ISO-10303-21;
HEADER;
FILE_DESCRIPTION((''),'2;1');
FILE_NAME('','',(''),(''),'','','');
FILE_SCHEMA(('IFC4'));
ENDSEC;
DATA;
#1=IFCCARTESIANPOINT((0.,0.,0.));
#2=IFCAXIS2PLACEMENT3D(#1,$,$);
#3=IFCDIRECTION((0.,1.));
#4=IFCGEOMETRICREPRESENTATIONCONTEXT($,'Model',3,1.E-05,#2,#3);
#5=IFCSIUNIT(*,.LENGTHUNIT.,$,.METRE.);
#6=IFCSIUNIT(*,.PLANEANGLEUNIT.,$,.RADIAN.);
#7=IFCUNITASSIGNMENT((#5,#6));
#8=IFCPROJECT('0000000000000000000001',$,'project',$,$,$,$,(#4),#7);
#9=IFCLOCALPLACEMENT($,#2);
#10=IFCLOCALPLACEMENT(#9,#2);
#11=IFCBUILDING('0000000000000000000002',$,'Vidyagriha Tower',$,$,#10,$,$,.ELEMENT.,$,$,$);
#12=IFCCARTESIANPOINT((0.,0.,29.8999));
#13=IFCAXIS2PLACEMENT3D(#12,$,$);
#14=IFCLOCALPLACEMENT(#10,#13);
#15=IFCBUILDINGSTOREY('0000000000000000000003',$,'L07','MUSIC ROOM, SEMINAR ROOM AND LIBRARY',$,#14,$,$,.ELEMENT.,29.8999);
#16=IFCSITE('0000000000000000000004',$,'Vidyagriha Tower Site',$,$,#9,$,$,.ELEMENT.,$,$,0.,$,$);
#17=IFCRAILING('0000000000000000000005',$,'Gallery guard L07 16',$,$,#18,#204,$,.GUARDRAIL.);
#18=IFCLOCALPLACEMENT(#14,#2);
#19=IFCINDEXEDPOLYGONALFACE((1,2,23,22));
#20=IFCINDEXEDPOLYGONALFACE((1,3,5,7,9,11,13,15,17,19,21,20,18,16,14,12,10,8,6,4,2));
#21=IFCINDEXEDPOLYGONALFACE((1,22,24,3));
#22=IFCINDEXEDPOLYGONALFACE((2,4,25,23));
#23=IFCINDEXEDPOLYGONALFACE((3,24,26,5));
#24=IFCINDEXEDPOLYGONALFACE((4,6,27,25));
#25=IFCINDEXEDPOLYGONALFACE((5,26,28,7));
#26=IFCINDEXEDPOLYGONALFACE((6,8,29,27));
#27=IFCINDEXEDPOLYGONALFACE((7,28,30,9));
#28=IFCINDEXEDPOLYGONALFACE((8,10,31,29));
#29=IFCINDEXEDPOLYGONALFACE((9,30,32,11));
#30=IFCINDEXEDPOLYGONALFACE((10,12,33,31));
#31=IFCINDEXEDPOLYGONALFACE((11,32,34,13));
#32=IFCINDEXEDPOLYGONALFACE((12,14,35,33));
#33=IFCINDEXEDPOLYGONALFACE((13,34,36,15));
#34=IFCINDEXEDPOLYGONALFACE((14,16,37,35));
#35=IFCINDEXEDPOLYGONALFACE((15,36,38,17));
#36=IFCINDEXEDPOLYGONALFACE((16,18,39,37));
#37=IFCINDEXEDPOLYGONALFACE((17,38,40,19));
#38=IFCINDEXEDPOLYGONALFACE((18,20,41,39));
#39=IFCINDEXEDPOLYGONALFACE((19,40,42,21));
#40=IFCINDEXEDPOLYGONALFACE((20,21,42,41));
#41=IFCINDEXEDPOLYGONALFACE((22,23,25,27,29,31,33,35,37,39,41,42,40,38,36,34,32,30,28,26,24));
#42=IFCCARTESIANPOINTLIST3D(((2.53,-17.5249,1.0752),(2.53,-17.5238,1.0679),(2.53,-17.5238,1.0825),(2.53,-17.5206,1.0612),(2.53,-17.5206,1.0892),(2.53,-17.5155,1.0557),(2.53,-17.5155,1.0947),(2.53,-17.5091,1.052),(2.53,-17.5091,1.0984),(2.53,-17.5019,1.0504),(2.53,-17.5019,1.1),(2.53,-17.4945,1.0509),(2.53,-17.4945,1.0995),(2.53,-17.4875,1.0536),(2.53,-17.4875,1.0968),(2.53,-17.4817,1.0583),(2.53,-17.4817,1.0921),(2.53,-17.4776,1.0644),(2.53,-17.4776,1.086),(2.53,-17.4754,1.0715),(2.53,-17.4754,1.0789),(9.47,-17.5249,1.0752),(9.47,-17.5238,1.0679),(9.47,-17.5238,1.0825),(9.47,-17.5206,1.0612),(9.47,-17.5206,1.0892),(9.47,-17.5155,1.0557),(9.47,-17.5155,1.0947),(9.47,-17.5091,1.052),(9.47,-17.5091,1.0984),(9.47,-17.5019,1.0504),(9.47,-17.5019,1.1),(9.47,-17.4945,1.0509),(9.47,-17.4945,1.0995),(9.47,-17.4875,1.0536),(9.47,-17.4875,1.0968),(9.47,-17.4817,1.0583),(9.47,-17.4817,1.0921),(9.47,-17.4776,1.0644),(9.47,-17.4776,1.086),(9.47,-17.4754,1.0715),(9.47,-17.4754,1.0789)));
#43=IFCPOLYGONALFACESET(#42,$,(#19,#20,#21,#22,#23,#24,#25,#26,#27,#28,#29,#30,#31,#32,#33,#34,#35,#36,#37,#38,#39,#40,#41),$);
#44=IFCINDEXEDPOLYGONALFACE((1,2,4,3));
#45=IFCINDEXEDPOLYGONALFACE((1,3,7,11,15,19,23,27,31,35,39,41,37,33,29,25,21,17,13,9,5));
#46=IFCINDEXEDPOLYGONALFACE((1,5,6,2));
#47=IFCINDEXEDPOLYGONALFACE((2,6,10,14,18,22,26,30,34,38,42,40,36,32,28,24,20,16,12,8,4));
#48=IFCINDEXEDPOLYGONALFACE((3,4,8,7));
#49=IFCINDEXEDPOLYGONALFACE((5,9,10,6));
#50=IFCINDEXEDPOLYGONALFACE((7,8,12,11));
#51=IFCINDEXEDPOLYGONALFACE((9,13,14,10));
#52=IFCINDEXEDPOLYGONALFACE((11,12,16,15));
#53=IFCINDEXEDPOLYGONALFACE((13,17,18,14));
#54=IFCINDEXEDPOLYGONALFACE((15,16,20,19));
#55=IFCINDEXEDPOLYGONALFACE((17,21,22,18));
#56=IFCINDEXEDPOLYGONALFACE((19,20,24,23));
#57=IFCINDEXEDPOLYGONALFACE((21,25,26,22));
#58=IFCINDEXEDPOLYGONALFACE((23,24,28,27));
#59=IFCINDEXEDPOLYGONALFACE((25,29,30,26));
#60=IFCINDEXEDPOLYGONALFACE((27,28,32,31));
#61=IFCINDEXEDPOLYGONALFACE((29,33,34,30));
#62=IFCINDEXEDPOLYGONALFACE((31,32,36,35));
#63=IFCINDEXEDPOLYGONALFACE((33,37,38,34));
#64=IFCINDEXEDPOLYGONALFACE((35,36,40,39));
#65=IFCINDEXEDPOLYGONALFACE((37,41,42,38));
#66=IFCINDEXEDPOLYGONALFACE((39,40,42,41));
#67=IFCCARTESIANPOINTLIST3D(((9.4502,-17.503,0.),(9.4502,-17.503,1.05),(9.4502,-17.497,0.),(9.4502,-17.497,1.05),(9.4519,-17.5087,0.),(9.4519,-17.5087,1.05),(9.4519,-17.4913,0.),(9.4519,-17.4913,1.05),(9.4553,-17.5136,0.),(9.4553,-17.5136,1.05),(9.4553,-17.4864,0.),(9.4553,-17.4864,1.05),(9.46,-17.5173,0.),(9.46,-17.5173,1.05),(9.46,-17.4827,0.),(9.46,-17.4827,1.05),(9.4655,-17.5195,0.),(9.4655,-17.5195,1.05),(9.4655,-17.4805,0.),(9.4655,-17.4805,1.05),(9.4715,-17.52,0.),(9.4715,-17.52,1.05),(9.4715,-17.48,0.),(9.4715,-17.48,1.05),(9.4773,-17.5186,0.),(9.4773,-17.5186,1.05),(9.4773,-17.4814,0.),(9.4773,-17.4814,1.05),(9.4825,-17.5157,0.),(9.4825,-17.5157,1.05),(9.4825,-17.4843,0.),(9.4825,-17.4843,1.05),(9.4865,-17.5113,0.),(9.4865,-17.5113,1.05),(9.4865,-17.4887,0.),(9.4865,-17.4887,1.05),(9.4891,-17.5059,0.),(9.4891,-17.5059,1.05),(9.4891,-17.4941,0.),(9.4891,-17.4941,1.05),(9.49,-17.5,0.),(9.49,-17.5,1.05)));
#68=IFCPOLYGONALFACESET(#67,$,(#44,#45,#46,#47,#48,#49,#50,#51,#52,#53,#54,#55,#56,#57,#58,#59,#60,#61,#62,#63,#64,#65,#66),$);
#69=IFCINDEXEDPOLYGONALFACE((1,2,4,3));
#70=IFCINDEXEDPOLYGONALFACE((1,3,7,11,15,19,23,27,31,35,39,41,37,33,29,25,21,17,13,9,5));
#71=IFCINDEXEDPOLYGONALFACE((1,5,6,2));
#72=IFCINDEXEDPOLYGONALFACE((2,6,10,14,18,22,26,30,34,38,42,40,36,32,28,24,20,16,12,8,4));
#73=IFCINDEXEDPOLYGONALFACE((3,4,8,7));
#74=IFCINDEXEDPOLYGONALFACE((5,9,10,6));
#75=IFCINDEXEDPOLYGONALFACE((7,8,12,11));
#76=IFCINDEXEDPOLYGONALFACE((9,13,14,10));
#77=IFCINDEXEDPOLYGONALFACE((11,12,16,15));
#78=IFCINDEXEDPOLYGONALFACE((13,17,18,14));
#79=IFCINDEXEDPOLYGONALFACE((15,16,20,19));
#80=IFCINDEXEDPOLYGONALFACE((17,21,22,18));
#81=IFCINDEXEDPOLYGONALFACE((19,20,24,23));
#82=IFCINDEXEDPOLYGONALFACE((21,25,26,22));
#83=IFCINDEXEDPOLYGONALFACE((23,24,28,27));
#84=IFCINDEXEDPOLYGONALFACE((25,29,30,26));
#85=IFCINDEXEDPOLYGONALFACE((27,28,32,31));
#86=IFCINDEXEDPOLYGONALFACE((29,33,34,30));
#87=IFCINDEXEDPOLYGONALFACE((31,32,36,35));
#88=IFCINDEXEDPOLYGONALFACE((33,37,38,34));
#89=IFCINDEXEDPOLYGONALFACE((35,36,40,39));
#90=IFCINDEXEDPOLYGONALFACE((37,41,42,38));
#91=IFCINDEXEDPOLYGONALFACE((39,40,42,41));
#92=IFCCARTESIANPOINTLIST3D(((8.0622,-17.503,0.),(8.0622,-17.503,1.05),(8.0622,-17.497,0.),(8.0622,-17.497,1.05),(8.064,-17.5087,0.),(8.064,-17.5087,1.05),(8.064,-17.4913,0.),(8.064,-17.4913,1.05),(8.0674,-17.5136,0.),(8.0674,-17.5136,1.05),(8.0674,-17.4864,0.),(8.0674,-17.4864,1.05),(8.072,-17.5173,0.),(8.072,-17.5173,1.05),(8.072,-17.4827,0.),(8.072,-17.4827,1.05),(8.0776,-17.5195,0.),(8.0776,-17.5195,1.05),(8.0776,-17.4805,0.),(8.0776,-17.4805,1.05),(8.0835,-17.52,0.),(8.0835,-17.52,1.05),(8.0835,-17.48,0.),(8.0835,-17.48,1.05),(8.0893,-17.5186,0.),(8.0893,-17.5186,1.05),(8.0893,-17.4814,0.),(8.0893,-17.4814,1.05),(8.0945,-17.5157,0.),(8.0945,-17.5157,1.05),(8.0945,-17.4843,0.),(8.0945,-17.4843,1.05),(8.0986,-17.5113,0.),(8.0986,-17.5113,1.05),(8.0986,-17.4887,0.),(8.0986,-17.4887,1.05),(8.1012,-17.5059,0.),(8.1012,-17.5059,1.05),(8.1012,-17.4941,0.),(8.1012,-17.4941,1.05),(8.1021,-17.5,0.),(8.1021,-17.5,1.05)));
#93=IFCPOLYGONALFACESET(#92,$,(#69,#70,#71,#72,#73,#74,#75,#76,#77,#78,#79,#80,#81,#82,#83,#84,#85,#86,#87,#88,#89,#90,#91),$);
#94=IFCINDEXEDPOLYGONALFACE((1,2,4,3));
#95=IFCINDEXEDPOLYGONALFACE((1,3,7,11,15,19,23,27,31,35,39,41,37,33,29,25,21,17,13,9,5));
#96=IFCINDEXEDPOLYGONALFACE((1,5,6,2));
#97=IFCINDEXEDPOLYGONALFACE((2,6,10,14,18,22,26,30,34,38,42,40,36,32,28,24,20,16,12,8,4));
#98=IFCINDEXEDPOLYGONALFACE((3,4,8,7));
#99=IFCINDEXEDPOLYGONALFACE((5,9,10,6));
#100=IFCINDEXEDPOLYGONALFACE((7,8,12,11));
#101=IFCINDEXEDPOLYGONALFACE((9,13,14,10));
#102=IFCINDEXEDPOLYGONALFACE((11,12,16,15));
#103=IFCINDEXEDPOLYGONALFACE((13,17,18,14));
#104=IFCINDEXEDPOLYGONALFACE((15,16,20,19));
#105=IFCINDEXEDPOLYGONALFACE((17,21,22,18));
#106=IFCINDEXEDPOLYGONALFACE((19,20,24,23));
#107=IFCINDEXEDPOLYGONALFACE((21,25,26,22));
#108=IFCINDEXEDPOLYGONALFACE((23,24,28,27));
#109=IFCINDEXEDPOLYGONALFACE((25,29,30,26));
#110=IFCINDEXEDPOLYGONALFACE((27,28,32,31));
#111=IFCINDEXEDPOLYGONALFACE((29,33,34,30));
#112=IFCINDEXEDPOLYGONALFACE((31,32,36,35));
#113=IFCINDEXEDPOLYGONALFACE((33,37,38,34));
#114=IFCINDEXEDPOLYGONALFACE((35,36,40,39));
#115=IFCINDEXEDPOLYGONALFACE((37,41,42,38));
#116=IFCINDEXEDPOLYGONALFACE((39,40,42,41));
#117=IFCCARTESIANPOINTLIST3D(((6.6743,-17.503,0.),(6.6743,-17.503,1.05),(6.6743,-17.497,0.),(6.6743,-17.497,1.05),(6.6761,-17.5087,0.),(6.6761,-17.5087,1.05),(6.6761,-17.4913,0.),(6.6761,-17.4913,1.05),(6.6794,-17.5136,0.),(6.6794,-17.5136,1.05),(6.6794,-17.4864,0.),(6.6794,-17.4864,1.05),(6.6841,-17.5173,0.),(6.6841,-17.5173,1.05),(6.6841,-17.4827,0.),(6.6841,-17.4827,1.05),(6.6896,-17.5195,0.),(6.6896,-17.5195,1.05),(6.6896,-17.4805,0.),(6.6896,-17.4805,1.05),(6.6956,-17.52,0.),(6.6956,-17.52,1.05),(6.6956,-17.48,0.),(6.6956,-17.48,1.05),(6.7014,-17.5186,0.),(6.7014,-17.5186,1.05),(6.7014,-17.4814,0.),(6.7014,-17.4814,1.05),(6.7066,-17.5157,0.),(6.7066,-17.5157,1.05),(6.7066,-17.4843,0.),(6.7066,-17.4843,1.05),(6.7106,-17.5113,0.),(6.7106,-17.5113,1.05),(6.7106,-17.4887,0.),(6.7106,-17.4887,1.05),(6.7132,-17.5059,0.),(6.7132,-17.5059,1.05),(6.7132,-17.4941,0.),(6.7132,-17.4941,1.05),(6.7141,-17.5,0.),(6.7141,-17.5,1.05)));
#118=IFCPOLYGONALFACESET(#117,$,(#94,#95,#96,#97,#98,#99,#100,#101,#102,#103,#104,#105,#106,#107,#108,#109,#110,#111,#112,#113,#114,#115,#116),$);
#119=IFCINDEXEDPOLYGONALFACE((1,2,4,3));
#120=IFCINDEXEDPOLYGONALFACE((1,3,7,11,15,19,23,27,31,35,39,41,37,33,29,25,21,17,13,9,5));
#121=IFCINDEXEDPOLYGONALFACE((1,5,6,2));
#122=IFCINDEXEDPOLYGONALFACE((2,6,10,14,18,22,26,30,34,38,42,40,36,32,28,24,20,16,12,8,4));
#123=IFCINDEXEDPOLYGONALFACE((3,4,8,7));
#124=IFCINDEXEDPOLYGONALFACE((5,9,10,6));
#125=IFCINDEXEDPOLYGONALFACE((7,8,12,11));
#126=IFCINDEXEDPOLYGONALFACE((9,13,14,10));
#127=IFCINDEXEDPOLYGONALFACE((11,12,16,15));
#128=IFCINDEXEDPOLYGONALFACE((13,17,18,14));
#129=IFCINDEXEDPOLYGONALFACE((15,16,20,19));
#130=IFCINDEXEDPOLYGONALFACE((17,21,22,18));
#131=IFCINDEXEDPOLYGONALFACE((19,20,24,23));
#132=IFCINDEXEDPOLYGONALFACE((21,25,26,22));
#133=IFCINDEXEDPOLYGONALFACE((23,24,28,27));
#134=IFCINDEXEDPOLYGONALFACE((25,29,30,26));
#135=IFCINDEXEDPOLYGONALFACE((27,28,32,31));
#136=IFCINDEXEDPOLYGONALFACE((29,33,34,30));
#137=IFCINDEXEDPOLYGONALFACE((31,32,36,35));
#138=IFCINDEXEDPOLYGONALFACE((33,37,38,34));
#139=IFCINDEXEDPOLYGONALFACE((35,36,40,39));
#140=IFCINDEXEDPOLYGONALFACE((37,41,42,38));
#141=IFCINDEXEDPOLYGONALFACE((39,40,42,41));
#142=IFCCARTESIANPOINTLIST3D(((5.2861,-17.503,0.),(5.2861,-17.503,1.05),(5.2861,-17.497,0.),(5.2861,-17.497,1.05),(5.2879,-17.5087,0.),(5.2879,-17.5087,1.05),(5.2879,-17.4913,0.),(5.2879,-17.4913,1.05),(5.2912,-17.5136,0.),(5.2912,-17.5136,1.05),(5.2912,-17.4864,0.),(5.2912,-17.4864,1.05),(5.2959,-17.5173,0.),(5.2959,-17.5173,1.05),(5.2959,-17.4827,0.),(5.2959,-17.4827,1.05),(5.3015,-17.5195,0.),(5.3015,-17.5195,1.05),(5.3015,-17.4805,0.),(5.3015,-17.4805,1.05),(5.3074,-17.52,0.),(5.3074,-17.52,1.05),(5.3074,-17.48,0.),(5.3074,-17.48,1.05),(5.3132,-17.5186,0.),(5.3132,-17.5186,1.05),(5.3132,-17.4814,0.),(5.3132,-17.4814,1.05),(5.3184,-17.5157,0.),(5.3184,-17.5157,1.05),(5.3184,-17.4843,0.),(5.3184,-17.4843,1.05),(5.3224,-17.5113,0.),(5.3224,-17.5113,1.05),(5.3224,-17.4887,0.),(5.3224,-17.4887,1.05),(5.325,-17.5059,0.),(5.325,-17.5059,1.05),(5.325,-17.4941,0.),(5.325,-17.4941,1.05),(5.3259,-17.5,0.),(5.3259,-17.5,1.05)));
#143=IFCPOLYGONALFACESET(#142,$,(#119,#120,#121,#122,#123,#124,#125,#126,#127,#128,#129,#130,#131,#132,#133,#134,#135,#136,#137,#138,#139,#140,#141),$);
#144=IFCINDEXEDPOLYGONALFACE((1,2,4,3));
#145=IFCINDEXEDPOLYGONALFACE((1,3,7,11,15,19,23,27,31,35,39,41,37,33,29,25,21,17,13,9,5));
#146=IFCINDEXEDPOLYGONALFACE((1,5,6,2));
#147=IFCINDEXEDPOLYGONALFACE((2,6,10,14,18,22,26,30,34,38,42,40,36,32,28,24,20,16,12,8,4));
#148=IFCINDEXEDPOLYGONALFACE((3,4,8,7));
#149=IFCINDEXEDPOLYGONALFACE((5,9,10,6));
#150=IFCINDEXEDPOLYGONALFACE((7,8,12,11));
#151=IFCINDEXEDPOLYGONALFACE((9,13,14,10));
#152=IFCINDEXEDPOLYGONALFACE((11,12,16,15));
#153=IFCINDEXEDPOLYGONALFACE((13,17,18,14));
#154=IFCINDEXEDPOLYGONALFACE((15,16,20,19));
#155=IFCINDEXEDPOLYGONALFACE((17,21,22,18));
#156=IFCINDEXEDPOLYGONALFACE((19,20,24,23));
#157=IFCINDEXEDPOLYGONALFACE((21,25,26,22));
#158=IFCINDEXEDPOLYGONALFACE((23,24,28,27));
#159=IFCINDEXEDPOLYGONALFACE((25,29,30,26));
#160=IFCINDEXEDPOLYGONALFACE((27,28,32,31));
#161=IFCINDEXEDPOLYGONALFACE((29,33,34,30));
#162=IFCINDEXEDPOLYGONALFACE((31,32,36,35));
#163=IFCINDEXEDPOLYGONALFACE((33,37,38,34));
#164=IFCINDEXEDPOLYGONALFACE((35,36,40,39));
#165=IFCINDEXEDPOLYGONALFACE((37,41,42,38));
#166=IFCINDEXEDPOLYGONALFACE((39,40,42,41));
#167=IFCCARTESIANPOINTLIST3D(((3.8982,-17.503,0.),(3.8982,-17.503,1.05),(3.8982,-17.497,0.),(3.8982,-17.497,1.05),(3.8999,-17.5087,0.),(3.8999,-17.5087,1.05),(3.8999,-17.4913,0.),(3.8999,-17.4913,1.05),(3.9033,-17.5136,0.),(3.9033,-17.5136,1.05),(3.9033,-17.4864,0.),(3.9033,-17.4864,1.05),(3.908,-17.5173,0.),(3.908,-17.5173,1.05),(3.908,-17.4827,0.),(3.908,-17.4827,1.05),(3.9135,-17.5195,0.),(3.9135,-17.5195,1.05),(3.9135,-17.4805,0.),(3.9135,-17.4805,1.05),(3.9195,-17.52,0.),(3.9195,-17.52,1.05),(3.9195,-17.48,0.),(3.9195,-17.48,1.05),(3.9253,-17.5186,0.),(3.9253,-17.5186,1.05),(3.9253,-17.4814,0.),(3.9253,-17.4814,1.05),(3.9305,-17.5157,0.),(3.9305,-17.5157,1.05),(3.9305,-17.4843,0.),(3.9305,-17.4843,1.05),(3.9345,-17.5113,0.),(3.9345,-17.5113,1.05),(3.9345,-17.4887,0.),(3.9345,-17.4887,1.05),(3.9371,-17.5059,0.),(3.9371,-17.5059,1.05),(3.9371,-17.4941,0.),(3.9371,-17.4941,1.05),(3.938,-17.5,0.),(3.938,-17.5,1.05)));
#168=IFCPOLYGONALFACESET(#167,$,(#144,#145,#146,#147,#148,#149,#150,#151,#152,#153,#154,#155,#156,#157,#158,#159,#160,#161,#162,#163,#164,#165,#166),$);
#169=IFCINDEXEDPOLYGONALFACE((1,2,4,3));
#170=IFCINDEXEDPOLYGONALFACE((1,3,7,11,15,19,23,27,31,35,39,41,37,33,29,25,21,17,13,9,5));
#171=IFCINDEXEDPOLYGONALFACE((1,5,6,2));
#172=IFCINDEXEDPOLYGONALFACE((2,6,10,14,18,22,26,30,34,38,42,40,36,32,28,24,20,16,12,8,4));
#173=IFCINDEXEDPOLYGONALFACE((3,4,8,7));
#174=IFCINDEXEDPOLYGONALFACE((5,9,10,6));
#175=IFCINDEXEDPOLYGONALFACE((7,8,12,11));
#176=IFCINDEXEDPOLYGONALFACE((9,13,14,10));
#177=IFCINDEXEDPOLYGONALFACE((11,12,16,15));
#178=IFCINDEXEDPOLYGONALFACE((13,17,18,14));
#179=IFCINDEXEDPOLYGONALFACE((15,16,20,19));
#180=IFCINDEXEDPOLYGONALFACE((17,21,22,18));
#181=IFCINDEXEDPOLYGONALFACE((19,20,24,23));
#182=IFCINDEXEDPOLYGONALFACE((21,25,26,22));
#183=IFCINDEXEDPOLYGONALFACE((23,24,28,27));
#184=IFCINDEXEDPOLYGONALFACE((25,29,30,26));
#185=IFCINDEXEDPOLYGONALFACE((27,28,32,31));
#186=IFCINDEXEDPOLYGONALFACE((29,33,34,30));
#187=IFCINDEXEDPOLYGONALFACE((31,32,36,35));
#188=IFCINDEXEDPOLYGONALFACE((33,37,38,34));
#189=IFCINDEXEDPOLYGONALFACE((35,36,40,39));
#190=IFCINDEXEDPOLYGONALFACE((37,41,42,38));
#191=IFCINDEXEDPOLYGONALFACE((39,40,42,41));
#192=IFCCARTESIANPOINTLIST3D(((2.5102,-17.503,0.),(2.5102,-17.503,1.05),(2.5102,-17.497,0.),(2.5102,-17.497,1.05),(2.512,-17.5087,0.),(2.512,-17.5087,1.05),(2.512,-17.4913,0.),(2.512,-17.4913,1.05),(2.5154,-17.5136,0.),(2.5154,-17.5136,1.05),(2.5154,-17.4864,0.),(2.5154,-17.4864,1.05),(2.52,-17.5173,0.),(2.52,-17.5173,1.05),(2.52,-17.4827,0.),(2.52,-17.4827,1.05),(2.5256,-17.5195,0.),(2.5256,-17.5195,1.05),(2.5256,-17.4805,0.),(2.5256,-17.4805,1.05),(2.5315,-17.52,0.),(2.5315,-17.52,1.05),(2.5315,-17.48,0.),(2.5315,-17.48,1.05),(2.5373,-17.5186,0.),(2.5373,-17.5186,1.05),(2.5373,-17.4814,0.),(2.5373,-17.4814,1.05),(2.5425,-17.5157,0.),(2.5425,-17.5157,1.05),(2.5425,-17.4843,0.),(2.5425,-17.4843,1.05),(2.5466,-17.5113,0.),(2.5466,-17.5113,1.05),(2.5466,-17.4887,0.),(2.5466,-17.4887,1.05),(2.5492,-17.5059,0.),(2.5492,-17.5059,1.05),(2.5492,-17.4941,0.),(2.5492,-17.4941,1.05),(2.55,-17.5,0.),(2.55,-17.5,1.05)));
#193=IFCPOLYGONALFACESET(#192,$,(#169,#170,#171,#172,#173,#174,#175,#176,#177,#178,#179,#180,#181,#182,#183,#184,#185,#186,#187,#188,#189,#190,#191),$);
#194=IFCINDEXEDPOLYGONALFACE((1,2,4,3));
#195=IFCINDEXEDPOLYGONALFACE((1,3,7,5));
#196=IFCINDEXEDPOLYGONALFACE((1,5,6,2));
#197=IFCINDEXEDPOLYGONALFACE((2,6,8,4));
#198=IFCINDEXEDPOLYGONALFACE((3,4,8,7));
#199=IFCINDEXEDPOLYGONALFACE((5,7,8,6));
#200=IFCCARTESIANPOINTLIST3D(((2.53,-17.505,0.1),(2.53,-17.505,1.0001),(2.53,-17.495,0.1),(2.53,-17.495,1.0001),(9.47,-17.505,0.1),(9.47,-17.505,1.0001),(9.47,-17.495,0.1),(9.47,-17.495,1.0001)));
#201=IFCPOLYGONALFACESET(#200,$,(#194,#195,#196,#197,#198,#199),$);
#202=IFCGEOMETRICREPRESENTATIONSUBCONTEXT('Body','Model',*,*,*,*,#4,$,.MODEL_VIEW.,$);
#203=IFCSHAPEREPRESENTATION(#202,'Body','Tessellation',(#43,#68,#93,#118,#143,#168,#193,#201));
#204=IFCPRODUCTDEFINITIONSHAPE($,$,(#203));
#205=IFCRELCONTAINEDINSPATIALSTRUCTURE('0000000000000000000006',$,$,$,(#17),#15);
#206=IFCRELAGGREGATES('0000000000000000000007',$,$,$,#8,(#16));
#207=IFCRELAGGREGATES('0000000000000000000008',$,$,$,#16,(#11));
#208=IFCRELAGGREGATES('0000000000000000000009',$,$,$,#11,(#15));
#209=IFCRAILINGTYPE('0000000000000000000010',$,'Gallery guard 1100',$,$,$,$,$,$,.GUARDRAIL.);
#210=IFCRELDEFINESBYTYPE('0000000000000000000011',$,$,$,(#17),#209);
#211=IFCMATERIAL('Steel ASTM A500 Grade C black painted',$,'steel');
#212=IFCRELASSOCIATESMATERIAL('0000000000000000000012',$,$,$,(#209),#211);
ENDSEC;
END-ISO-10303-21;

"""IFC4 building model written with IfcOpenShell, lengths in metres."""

from ifc_helpers import new_model, si_unit, direction, frame, origin, origin_2d, place, context, subcontext, project, spatial, rectangle, circle, extrude, material, type_object, element, save


model = new_model("IFC4")

# Units and contexts
model_context = context("Model", 3, precision=1e-05, world=origin(), true_north=direction((0.0, 1.0)))
body_context = subcontext(model_context, "Body", "Model", "MODEL_VIEW")
ifc_project = project(units=[si_unit("LENGTHUNIT", "METRE"), si_unit("PLANEANGLEUNIT", "RADIAN")], contexts=[model_context])

# Site, building, storey
site_placement = place(None, origin())
site = spatial("IfcSite", under=ifc_project, at=site_placement, Name="Vidyagriha Tower Site", CompositionType="ELEMENT", RefElevation=0.0)
building_placement = place(site_placement, origin())
building = spatial("IfcBuilding", under=site, at=building_placement, Name="Vidyagriha Tower", CompositionType="ELEMENT")
storey_placement = place(building_placement, frame((0.0, 0.0, 29.8999)))
storey = spatial("IfcBuildingStorey", under=building, at=storey_placement, Name="L07", Description="MUSIC ROOM, SEMINAR ROOM AND LIBRARY", CompositionType="ELEMENT", Elevation=29.8999)

# Railing
ifc_material_1 = material(Name="Steel ASTM A500 Grade C black painted", Category="steel")
railing_type = type_object("IfcRailingType", Name="Gallery guard 1100", PredefinedType="GUARDRAIL", material=ifc_material_1)
for number, where, name in (
    (1, (9.47, -17.5, 0.0), "Gallery guard L07 16"),
):
    element("IfcRailing", number, at=place(storey_placement, frame(where)), inside=storey, type_object=railing_type, Name=name, PredefinedType="GUARDRAIL", context=body_context, shape_type="SweptSolid", body=[
        extrude(circle(Radius=0.0249, at=origin_2d()), frame((0.0, 0.0, 1.0752), z_axis=(-1.0, 0.0, 0.0), x_axis=(0.0, -1.0, 0.0)), (0.0, 0.0, 1.0), 6.9399),
        extrude(circle(Radius=0.02, at=origin_2d()), origin(), (0.0, 0.0, 1.0), 1.05),
        extrude(circle(Radius=0.02, at=origin_2d()), frame((-1.3879, 0.0, 0.0)), (0.0, 0.0, 1.0), 1.05),
        extrude(circle(Radius=0.02, at=origin_2d()), frame((-2.7759, 0.0, 0.0)), (0.0, 0.0, 1.0), 1.05),
        extrude(circle(Radius=0.02, at=origin_2d()), frame((-4.1641, 0.0, 0.0)), (0.0, 0.0, 1.0), 1.05),
        extrude(circle(Radius=0.02, at=origin_2d()), frame((-5.552, 0.0, 0.0)), (0.0, 0.0, 1.0), 1.05),
        extrude(circle(Radius=0.02, at=origin_2d()), frame((-6.9399, 0.0, 0.0)), (0.0, 0.0, 1.0), 1.05),
        extrude(rectangle(XDim=0.01, YDim=0.9001, at=origin_2d()), frame((0.0, 0.0, 0.55), z_axis=(-1.0, 0.0, 0.0), x_axis=(0.0, -1.0, 0.0)), (0.0, 0.0, 1.0), 6.9399),
    ])

save(model, "model.ifc")
